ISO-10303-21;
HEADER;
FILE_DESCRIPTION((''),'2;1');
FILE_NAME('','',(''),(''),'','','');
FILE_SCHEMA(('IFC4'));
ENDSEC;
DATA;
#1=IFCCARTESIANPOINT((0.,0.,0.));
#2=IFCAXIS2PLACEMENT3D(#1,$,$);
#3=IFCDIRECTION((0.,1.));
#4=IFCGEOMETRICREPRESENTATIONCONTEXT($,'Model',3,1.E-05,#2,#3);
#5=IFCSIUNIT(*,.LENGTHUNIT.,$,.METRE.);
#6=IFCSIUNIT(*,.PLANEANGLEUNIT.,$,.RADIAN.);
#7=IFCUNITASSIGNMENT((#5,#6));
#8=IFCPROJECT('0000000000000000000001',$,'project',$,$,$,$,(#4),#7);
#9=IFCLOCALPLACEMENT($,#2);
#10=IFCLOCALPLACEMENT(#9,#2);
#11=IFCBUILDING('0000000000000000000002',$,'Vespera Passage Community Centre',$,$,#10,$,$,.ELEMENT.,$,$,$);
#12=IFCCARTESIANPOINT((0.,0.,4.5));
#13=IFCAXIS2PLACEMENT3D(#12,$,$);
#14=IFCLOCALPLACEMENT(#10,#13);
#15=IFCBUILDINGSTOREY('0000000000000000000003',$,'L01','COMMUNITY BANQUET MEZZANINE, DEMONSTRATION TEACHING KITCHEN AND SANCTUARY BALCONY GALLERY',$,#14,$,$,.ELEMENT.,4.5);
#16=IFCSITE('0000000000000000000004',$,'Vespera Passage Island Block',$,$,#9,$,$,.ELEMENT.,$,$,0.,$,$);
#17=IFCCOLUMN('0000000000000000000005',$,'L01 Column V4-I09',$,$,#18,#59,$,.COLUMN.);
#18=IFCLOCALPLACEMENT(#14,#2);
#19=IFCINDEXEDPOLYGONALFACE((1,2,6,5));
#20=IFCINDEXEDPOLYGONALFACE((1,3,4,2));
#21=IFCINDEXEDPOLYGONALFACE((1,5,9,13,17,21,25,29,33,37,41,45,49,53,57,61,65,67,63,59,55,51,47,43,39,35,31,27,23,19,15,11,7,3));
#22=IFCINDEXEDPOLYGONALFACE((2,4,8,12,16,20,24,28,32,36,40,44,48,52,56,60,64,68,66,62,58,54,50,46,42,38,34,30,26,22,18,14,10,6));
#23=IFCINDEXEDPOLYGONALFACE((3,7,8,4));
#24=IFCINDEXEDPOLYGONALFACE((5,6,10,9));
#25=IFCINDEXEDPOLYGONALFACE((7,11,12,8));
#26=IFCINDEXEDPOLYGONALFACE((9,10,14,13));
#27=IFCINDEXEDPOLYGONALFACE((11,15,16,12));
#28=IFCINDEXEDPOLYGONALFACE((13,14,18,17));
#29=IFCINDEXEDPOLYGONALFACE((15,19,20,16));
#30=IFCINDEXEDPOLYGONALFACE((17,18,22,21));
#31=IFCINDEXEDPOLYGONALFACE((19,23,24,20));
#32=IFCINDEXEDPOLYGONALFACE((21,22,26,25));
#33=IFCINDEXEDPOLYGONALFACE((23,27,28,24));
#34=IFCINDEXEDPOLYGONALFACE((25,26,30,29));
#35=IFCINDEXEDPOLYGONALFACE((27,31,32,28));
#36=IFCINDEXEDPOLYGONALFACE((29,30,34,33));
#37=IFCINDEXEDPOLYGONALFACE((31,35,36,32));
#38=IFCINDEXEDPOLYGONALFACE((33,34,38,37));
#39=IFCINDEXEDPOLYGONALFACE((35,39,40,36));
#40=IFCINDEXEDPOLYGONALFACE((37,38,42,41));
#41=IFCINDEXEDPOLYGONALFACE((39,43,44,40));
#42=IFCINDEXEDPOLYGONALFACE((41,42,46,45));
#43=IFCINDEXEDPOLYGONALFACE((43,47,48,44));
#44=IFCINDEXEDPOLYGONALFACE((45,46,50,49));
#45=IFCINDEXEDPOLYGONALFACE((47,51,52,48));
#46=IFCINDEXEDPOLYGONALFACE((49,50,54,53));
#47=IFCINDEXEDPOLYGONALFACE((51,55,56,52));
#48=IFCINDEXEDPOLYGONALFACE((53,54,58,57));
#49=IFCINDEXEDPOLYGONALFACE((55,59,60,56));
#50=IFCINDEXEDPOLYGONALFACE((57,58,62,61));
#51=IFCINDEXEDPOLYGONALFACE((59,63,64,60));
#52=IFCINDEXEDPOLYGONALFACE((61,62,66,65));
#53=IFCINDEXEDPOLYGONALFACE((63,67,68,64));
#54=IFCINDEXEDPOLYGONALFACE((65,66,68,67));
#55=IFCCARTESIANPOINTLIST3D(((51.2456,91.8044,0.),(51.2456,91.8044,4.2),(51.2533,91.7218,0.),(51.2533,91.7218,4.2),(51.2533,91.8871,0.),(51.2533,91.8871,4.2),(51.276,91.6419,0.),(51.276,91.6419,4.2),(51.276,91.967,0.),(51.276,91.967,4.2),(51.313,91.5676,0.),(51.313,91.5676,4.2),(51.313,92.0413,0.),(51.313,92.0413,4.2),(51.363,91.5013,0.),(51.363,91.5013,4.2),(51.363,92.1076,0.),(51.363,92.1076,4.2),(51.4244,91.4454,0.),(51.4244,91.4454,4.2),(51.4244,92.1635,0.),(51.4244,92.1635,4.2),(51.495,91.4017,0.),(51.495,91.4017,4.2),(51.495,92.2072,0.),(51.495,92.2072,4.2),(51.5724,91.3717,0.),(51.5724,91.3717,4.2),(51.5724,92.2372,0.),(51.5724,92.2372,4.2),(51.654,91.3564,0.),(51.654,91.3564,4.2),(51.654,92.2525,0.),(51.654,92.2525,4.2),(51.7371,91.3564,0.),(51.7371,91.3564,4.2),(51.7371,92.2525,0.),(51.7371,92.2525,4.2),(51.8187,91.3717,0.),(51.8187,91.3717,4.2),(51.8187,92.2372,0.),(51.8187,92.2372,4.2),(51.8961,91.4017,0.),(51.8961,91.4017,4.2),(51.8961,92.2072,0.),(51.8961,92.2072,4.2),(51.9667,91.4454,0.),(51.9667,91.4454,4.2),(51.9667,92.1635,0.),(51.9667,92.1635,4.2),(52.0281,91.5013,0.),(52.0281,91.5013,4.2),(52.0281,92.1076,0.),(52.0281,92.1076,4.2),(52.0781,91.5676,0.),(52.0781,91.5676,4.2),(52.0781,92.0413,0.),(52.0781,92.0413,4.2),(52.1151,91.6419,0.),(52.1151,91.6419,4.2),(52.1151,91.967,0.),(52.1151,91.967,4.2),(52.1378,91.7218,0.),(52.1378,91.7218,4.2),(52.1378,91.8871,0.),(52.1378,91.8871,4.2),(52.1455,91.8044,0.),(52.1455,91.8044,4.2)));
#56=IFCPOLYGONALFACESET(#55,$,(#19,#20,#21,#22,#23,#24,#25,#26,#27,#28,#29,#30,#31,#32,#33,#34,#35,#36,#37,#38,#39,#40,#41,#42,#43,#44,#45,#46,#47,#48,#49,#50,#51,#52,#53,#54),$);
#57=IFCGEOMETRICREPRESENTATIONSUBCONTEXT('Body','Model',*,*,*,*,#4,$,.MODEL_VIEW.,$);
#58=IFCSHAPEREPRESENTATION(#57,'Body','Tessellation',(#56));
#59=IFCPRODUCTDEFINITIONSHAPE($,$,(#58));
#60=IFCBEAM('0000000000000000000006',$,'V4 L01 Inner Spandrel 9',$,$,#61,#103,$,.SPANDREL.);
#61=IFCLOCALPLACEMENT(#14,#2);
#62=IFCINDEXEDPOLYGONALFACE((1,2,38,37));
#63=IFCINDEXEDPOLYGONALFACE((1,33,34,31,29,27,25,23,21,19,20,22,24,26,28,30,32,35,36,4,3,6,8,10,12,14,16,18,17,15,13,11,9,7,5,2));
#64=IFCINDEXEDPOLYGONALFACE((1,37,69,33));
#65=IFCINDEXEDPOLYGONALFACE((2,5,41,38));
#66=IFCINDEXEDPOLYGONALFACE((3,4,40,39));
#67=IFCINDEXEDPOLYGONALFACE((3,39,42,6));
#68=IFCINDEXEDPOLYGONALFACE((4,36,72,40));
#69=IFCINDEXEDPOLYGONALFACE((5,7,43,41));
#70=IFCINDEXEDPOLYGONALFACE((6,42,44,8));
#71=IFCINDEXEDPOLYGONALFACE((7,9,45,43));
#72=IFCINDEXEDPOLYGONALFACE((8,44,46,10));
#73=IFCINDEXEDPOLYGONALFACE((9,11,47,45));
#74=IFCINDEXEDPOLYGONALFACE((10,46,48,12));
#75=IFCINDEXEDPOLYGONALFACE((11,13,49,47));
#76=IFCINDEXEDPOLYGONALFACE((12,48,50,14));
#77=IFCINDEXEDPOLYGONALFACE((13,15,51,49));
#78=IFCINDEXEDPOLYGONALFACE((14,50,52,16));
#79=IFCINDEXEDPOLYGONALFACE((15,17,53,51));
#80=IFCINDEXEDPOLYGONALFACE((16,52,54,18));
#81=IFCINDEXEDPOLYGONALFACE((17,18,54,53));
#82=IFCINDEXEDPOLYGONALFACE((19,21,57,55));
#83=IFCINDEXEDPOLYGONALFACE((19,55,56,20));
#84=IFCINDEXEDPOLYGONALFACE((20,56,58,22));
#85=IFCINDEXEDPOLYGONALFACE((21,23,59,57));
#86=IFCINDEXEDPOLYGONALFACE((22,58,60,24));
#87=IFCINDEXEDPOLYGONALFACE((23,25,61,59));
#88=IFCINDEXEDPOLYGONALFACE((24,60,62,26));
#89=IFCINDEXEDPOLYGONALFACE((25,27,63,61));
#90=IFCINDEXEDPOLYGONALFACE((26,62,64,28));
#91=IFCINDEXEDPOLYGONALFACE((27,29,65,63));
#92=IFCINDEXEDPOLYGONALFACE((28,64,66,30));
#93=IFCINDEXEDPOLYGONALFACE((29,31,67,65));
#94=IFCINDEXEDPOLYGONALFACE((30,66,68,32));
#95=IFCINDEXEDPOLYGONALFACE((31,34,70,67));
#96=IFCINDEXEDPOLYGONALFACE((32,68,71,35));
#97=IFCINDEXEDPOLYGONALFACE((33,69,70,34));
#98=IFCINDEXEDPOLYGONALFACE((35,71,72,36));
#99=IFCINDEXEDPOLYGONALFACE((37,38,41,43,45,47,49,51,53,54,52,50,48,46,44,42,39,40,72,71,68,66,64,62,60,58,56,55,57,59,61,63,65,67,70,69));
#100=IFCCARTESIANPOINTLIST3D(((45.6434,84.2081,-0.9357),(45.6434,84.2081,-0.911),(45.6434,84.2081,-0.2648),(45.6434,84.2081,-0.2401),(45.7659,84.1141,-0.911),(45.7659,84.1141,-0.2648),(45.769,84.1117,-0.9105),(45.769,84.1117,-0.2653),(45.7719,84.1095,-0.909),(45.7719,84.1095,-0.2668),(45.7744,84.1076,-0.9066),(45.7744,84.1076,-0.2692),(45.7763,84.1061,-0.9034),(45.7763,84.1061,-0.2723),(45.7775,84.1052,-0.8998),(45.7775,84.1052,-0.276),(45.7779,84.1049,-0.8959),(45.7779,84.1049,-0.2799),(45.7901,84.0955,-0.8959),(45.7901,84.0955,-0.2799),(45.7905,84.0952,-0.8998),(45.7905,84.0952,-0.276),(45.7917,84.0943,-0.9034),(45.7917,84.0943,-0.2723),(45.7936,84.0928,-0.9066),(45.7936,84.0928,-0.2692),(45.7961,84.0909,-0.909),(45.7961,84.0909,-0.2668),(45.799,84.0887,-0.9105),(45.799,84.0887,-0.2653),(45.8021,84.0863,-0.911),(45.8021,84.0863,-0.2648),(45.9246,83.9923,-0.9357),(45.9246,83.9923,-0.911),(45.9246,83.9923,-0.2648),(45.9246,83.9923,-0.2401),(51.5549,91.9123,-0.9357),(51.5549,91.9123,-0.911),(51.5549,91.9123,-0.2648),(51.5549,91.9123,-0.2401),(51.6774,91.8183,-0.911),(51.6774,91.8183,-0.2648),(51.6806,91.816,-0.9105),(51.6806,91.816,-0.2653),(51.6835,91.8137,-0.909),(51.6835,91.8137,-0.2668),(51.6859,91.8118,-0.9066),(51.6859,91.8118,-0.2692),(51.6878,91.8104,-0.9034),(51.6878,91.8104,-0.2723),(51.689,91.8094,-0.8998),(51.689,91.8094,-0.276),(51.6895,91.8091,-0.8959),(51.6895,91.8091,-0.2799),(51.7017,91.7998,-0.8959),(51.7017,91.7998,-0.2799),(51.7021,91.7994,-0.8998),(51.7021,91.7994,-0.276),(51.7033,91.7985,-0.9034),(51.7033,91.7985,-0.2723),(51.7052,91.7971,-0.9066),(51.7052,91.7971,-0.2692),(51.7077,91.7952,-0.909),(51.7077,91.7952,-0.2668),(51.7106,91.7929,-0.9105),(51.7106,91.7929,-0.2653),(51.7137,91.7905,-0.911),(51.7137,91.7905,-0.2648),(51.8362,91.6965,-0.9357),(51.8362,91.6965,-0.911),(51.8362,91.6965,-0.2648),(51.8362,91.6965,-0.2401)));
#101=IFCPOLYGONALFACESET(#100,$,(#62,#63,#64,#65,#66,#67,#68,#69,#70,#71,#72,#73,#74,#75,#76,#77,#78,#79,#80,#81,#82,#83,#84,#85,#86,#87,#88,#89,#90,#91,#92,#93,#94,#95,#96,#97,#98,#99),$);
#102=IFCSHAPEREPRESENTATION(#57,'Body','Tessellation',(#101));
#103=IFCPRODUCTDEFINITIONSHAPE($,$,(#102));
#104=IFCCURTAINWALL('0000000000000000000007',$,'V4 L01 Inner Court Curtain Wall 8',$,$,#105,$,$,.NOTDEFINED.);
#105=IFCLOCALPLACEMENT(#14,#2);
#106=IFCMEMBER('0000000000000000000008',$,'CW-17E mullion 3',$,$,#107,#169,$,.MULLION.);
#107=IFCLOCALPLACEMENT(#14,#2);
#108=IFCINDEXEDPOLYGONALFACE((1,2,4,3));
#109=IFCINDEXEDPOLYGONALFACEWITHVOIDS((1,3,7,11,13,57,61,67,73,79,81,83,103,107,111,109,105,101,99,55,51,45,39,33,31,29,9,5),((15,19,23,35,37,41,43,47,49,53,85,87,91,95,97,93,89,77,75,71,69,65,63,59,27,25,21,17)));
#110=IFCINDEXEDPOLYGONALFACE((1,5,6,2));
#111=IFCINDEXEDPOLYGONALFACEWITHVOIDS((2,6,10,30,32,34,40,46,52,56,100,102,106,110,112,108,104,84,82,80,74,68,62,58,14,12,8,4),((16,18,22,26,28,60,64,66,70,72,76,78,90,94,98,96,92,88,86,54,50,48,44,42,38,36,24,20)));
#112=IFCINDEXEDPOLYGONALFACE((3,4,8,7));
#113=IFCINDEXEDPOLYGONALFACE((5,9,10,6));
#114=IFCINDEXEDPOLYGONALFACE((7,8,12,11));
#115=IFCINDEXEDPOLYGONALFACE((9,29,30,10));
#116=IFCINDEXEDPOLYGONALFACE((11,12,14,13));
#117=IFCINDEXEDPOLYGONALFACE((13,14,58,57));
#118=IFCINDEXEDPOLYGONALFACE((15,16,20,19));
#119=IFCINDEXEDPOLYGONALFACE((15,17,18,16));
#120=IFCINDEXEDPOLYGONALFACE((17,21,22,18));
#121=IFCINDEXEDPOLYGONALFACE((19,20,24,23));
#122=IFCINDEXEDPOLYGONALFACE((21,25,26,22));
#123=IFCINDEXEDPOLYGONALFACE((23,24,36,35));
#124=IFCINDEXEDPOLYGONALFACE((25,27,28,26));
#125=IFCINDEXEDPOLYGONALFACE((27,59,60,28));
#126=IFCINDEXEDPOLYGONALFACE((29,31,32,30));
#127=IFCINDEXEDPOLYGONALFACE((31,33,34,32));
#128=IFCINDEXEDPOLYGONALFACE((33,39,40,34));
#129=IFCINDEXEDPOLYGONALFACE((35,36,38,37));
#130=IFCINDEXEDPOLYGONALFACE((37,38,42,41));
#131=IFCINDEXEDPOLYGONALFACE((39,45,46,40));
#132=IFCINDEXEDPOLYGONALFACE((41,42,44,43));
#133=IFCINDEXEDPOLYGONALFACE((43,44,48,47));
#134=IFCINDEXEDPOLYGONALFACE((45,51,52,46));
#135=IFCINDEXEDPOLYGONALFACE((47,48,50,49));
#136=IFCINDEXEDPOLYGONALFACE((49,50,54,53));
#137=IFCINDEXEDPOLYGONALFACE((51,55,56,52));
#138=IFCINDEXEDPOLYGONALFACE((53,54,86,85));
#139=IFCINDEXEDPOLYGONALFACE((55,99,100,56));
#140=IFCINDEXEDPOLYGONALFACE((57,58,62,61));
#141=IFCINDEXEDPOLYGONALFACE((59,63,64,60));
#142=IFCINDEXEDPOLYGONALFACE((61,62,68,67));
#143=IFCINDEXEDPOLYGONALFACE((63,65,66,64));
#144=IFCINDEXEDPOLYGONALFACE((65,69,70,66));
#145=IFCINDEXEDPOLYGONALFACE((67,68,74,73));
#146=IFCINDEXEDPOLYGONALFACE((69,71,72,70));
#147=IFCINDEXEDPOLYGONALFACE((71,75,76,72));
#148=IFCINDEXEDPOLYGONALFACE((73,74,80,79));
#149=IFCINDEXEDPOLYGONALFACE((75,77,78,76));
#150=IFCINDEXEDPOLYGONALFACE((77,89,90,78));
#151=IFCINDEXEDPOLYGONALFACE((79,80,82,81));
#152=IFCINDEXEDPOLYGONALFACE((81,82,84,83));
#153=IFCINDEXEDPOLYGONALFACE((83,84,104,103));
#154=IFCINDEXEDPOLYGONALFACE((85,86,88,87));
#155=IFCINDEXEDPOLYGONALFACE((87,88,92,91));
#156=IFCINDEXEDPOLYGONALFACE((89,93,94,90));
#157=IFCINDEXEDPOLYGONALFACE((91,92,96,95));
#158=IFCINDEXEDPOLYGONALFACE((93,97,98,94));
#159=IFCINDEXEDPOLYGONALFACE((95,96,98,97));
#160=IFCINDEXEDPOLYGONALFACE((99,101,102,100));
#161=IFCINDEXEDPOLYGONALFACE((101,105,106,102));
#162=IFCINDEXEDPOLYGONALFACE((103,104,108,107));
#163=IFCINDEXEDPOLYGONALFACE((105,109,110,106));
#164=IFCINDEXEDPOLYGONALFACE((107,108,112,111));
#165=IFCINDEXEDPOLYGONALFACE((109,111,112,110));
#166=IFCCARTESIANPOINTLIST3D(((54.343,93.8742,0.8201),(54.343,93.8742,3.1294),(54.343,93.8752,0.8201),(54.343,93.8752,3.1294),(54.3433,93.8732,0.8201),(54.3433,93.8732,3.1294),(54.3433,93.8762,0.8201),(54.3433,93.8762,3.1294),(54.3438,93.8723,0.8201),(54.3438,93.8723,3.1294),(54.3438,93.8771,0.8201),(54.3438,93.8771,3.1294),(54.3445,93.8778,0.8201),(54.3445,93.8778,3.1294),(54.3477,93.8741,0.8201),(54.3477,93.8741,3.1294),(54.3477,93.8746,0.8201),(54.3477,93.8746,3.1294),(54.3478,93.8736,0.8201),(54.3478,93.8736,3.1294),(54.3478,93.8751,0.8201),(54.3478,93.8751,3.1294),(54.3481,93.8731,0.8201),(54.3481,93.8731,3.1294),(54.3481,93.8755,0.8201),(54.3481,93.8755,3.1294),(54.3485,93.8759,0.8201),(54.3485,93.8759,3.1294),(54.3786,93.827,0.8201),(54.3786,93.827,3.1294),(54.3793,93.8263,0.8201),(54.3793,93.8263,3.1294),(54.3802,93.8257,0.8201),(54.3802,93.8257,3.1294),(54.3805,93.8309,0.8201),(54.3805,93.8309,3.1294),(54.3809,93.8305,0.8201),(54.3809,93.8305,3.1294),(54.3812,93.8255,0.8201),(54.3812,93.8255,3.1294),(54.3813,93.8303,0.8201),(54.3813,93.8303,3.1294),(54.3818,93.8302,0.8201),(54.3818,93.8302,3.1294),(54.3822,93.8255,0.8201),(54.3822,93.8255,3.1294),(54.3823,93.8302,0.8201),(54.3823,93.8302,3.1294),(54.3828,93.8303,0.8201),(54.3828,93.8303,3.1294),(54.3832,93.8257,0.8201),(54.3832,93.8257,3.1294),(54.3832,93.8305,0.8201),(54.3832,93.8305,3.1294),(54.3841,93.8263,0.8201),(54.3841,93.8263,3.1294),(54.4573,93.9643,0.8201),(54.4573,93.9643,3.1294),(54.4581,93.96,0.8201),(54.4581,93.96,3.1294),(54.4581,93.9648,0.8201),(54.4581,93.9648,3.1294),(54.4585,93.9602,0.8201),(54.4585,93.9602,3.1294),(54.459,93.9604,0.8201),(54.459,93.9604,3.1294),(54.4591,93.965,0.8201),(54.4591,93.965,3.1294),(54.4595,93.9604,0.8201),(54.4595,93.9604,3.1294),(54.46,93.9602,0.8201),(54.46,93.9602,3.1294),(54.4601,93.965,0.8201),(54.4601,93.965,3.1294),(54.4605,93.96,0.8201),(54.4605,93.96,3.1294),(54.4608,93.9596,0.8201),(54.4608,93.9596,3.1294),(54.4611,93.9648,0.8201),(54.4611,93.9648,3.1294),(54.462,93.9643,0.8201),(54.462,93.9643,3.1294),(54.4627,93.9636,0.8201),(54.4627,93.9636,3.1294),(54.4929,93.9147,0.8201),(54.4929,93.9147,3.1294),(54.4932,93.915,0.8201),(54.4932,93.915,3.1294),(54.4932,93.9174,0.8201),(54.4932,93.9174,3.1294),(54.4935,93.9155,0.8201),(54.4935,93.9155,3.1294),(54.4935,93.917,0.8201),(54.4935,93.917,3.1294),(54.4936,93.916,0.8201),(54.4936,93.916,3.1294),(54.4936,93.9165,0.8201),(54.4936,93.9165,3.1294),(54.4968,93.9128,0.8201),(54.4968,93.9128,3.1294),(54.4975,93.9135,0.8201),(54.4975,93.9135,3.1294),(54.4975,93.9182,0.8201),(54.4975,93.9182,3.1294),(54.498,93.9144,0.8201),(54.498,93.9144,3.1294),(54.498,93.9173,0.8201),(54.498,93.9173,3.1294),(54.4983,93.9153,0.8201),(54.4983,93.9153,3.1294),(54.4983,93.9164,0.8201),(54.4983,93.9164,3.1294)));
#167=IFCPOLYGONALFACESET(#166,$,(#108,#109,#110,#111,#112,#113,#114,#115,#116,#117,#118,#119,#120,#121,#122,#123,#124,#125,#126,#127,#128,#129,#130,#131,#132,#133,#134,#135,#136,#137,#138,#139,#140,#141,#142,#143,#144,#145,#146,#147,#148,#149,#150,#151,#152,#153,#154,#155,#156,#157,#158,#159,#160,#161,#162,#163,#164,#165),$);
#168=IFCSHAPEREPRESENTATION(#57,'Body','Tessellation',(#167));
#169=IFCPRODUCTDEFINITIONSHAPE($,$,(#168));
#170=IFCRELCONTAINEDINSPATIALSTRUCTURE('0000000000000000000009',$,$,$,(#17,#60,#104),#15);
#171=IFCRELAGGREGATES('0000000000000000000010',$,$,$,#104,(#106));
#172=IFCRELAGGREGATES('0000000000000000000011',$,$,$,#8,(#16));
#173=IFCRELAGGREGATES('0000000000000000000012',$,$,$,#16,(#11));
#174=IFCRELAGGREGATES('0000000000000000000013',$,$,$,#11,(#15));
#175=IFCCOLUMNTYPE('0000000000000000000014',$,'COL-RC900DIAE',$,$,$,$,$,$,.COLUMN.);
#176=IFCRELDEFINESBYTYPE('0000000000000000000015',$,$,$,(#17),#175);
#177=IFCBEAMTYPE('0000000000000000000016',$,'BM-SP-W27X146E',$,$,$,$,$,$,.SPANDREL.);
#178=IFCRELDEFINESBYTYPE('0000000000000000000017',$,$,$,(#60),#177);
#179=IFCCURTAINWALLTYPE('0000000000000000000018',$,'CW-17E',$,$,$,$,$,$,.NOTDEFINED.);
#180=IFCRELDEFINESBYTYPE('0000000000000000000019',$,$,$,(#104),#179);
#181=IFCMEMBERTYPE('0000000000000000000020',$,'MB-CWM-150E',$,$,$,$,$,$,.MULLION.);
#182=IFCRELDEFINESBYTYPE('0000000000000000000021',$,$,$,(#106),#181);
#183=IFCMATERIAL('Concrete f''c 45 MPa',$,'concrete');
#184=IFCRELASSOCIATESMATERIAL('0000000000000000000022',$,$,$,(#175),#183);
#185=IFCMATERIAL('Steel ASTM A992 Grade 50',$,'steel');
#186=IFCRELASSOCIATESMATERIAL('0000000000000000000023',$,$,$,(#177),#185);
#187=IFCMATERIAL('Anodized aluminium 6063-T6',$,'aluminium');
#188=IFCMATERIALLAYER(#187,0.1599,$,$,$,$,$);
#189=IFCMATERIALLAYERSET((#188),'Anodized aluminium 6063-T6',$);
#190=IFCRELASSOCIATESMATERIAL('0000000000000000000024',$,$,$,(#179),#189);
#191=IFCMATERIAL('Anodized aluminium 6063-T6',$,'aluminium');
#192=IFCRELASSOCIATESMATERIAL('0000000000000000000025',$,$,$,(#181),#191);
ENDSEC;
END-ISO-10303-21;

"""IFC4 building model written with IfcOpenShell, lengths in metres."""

from ifc_helpers import new_model, si_unit, direction, frame, origin, origin_2d, place, context, subcontext, project, spatial, hollow_rectangle, circle, i_section, extrude, material, layer, layer_set, material_profile, profile_set, type_object, element, aggregate, save


model = new_model("IFC4")

# Units and contexts
model_context = context("Model", 3, precision=1e-05, world=origin(), true_north=direction((0.0, 1.0)))
body_context = subcontext(model_context, "Body", "Model", "MODEL_VIEW")
ifc_project = project(units=[si_unit("LENGTHUNIT", "METRE"), si_unit("PLANEANGLEUNIT", "RADIAN")], contexts=[model_context])

# Site, building, storey
site_placement = place(None, origin())
site = spatial("IfcSite", under=ifc_project, at=site_placement, Name="Vespera Passage Island Block", CompositionType="ELEMENT", RefElevation=0.0)
building_placement = place(site_placement, origin())
building = spatial("IfcBuilding", under=site, at=building_placement, Name="Vespera Passage Community Centre", CompositionType="ELEMENT")
storey_placement = place(building_placement, frame((0.0, 0.0, 4.5)))
storey = spatial("IfcBuildingStorey", under=building, at=storey_placement, Name="L01", Description="COMMUNITY BANQUET MEZZANINE, DEMONSTRATION TEACHING KITCHEN AND SANCTUARY BALCONY GALLERY", CompositionType="ELEMENT", Elevation=4.5)

# Column
ifc_material_1 = material(Name="Concrete f'c 45 MPa", Category="concrete")
ifc_material_profile_1 = material_profile(ifc_material_1, circle(Radius=0.45, at=origin_2d()), Name="RC900DIA")
ifc_profile_set_1 = profile_set([ifc_material_profile_1], Name="Concrete f'c 45 MPa")
column_type = type_object("IfcColumnType", Name="COL-RC900DIAE", PredefinedType="COLUMN", material=ifc_profile_set_1)
column_placement = place(storey_placement, frame((51.6956, 91.8044, 0.0), z_axis=(0.0, 0.0, 1.0), x_axis=(1.0, 0.0, 0.0)))
element("IfcColumn", 1, at=column_placement, inside=storey, type_object=column_type, Name="L01 Column V4-I09", PredefinedType="COLUMN", context=body_context, shape_type="SweptSolid", body=[
    extrude(circle(Radius=0.45, at=origin_2d()), origin(), (0.0, 0.0, 1.0), 4.2),
])

# Beam
ifc_material_2 = material(Name="Steel ASTM A992 Grade 50", Category="steel")
ifc_material_profile_2 = material_profile(ifc_material_2, i_section(OverallWidth=0.3545, OverallDepth=0.6956, WebThickness=0.0154, FlangeThickness=0.0247, FilletRadius=0.0151, at=origin_2d()), Name="W27X146")
ifc_profile_set_2 = profile_set([ifc_material_profile_2], Name="Steel ASTM A992 Grade 50")
beam_type = type_object("IfcBeamType", Name="BM-SP-W27X146E", PredefinedType="SPANDREL", material=ifc_profile_set_2)
beam_placement = place(storey_placement, frame((51.6956, 91.8044, -0.5879), z_axis=(-0.608753, -0.79336, 0.0), x_axis=(0.79336, -0.608753, 0.0)))
element("IfcBeam", 2, at=beam_placement, inside=storey, type_object=beam_type, Name="V4 L01 Inner Spandrel 9", PredefinedType="SPANDREL", context=body_context, shape_type="SweptSolid", body=[
    extrude(i_section(OverallWidth=0.3545, OverallDepth=0.6956, WebThickness=0.0154, FlangeThickness=0.0247, FilletRadius=0.0151, at=origin_2d()), origin(), (0.0, 0.0, 1.0), 9.7109),
])

# Curtain wall, member
ifc_material_3 = material(Name="Anodized aluminium 6063-T6", Category="aluminium")
ifc_layer_1 = layer(ifc_material_3, 0.1599)
ifc_layer_set_1 = layer_set([ifc_layer_1], Name="Anodized aluminium 6063-T6")
curtain_wall_type_1 = type_object("IfcCurtainWallType", Name="CW-17E", PredefinedType="NOTDEFINED", material=ifc_layer_set_1)
curtain_wall_1_placement = place(storey_placement, origin())
curtain_wall_1 = element("IfcCurtainWall", 3, at=curtain_wall_1_placement, inside=storey, type_object=curtain_wall_type_1, Name="V4 L01 Inner Court Curtain Wall 8", PredefinedType="NOTDEFINED")
ifc_material_4 = material(Name="Anodized aluminium 6063-T6", Category="aluminium")
ifc_material_profile_3 = material_profile(ifc_material_4, hollow_rectangle(XDim=0.0649, YDim=0.1499, WallThickness=0.0039, InnerFilletRadius=0.002, OuterFilletRadius=0.0039, at=origin_2d()), Name="ALU150X65X4")
ifc_profile_set_3 = profile_set([ifc_material_profile_3], Name="Anodized aluminium 6063-T6")
member_type_1 = type_object("IfcMemberType", Name="MB-CWM-150E", PredefinedType="MULLION", material=ifc_profile_set_3)
member_1_placement = place(storey_placement, frame((54.4207, 93.8953, 0.8201), z_axis=(0.0, 0.0, 1.0), x_axis=(0.608755, -0.793358, 0.0)))
member_1 = element("IfcMember", 4, at=member_1_placement, type_object=member_type_1, Name="CW-17E mullion 3", PredefinedType="MULLION", context=body_context, shape_type="SweptSolid", body=[
    extrude(hollow_rectangle(XDim=0.0649, YDim=0.1499, WallThickness=0.0039, InnerFilletRadius=0.002, OuterFilletRadius=0.0039, at=origin_2d()), origin(), (0.0, 0.0, 1.0), 2.3093),
])

aggregate(curtain_wall_1, [member_1])

save(model, "model.ifc")
